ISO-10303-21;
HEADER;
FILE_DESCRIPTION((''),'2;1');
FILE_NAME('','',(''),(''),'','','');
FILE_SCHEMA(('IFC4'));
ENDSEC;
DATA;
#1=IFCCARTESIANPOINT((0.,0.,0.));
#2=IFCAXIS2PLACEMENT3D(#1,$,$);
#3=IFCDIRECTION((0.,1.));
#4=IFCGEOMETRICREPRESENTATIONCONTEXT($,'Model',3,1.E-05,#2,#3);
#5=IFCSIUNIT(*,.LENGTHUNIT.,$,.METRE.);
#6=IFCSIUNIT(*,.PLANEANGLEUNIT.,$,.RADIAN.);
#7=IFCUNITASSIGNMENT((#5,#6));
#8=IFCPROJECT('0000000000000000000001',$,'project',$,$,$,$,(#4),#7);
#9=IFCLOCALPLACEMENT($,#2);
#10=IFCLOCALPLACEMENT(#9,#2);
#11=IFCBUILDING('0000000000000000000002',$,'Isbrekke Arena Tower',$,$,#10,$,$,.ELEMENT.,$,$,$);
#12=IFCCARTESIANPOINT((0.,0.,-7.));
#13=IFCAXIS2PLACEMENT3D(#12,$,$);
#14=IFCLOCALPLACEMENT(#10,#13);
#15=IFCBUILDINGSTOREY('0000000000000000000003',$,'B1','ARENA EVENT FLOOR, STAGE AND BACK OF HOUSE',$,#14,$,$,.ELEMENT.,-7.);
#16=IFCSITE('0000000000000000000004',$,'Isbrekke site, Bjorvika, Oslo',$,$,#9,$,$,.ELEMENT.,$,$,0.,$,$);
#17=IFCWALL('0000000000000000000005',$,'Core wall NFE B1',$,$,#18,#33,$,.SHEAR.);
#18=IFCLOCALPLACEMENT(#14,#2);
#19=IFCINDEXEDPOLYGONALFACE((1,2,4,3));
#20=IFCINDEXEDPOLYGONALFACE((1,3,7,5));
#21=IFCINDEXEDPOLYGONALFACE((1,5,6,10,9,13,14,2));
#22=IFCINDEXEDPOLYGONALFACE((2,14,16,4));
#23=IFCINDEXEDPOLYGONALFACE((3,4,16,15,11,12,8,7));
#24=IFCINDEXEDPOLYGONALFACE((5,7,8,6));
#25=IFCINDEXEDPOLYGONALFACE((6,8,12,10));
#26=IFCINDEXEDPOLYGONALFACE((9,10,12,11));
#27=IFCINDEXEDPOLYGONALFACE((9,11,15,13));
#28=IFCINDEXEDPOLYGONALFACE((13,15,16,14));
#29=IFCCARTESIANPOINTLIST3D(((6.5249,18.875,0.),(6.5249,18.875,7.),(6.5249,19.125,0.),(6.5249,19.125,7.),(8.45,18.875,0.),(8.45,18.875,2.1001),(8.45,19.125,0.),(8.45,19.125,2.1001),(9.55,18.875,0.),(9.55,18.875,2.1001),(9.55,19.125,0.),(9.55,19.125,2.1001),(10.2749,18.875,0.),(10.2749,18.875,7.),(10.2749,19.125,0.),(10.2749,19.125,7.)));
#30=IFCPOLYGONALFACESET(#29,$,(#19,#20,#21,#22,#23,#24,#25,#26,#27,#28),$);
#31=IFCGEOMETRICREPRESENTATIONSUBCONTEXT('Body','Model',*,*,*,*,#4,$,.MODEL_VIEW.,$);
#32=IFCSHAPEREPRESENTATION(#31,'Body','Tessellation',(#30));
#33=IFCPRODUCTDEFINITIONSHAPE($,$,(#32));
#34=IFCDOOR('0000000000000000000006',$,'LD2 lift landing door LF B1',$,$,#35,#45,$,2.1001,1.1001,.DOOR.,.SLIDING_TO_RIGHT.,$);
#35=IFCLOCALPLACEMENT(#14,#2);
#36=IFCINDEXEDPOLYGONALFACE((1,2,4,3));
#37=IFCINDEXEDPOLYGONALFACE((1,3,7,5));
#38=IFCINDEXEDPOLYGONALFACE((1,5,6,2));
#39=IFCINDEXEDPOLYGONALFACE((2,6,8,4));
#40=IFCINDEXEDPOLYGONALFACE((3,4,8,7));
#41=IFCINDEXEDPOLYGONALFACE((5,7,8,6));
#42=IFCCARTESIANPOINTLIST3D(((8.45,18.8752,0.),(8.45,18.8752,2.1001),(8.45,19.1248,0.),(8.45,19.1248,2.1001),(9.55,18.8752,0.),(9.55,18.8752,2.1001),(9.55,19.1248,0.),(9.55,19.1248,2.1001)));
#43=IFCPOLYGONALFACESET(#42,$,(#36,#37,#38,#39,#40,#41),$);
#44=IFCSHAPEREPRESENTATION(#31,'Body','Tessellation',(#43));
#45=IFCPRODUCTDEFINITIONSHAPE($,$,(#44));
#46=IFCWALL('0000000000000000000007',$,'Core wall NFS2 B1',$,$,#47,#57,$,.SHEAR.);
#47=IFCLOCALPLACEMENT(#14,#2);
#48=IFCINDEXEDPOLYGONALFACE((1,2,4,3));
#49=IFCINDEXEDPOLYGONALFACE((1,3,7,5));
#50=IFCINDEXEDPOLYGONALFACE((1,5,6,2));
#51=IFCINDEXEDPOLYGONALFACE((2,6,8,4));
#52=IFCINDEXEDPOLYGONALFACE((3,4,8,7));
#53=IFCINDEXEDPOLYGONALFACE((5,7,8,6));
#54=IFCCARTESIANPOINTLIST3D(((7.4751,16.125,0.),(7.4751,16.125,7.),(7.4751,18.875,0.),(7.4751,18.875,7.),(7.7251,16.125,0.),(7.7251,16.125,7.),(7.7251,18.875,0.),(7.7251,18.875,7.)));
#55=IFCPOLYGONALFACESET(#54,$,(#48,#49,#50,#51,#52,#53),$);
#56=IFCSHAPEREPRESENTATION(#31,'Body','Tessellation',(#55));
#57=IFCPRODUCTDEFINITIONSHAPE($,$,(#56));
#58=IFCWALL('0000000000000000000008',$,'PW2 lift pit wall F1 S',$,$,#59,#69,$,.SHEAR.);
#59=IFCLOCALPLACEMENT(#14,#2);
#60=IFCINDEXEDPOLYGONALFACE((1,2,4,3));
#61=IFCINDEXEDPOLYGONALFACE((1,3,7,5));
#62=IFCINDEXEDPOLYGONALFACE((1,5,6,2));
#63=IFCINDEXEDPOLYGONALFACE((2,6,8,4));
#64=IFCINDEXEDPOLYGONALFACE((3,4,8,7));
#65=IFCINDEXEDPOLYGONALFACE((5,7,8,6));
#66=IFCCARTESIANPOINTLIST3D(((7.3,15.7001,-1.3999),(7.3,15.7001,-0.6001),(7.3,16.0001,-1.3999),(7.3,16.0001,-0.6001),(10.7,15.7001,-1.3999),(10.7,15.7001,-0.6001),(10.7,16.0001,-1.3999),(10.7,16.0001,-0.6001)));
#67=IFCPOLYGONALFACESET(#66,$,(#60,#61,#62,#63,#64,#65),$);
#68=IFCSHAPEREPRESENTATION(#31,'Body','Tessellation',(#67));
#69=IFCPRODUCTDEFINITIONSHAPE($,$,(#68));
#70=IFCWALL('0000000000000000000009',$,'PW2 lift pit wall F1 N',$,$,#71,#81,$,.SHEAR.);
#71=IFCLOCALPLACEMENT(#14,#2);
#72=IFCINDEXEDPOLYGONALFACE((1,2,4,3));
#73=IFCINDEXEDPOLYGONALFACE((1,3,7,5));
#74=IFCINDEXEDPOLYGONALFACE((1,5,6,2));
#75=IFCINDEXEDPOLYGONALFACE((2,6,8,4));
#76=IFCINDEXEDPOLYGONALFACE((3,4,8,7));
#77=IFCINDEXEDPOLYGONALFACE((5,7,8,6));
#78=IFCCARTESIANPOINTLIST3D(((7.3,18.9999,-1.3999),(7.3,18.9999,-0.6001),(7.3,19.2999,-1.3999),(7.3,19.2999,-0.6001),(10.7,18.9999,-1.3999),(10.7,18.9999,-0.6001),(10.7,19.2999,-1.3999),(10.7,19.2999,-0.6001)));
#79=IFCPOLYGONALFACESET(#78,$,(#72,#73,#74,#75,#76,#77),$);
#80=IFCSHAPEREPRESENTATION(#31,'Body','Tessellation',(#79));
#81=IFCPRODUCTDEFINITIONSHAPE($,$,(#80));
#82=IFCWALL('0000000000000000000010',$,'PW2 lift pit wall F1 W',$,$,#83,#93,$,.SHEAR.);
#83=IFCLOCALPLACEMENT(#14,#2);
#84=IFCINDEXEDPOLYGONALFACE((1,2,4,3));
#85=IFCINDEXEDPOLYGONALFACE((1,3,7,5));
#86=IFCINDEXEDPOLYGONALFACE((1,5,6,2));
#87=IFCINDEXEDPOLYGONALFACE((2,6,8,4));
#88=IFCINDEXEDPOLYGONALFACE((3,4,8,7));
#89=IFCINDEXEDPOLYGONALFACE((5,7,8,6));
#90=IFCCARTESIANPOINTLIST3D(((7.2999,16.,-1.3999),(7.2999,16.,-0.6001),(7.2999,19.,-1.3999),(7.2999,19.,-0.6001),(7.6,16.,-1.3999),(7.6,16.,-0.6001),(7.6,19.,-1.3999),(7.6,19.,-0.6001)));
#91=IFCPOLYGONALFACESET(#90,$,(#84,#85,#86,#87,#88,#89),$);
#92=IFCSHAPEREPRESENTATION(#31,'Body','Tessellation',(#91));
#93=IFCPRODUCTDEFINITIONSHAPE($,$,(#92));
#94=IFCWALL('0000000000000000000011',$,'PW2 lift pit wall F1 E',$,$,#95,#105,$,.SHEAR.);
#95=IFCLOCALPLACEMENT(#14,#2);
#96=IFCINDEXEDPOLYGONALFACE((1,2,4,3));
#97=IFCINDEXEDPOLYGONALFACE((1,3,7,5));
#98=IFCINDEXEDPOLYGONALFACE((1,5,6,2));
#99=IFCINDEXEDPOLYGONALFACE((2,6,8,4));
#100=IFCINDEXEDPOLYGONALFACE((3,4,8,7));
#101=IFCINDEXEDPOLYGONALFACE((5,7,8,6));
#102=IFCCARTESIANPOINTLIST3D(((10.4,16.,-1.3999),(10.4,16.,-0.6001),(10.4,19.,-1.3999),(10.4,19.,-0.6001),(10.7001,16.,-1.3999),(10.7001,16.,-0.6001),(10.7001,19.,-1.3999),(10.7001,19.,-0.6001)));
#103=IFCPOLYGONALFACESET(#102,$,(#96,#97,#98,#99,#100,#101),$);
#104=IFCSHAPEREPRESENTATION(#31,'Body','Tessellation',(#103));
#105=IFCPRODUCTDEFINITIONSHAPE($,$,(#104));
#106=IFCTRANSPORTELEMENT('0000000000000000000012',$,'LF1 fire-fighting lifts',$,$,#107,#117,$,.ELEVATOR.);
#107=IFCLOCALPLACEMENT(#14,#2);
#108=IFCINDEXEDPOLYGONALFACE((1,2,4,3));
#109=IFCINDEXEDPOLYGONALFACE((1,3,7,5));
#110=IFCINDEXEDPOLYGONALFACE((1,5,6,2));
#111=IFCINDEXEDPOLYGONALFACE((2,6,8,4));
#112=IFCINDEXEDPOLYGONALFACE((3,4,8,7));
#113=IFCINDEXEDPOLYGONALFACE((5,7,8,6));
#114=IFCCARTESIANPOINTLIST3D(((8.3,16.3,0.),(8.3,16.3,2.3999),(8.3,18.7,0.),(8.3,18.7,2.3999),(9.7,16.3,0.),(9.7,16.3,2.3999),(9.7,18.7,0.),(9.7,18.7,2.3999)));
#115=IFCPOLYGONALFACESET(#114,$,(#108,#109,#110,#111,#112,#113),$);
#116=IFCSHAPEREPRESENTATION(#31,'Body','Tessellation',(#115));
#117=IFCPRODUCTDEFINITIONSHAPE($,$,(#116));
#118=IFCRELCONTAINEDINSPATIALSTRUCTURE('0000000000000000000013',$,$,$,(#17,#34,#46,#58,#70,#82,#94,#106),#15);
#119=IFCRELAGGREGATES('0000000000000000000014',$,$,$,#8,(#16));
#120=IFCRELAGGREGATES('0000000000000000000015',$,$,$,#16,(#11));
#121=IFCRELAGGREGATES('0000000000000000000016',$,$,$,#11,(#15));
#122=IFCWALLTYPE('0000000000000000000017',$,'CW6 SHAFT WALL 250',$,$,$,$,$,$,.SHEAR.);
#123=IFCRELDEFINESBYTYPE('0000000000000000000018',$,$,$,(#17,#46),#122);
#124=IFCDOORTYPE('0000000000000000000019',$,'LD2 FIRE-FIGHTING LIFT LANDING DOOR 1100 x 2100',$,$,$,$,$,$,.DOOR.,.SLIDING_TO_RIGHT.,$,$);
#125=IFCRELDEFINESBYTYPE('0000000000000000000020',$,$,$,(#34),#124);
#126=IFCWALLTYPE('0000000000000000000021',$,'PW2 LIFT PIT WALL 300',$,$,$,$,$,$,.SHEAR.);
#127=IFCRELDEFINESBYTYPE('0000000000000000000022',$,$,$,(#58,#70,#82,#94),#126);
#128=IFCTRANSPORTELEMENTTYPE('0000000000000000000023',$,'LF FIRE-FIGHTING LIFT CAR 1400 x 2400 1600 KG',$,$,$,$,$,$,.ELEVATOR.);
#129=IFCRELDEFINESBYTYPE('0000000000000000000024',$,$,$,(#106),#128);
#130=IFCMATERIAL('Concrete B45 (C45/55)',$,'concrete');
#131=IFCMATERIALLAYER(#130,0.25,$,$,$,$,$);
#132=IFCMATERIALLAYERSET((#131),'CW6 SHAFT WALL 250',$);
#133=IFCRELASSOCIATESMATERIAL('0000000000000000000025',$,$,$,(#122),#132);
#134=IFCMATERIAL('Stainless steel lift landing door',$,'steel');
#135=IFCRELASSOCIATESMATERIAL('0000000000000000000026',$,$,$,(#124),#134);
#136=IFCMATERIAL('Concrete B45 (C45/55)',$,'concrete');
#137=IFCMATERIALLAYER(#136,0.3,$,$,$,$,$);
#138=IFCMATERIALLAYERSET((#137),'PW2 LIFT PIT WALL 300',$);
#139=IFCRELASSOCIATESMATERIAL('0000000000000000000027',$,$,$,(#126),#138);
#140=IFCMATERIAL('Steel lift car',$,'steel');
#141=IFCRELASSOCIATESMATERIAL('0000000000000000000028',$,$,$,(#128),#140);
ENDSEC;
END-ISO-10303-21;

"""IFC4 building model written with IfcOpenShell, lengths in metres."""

from ifc_helpers import new_model, si_unit, direction, frame, frame_2d, origin, origin_2d, place, context, subcontext, project, spatial, rectangle, extrude, material, layer, layer_set, type_object, element, fill, save


model = new_model("IFC4")

# Units and contexts
model_context = context("Model", 3, precision=1e-05, world=origin(), true_north=direction((0.0, 1.0)))
body_context = subcontext(model_context, "Body", "Model", "MODEL_VIEW")
ifc_project = project(units=[si_unit("LENGTHUNIT", "METRE"), si_unit("PLANEANGLEUNIT", "RADIAN")], contexts=[model_context])

# Site, building, storey
site_placement = place(None, origin())
site = spatial("IfcSite", under=ifc_project, at=site_placement, Name="Isbrekke site, Bjorvika, Oslo", CompositionType="ELEMENT", RefElevation=0.0)
building_placement = place(site_placement, origin())
building = spatial("IfcBuilding", under=site, at=building_placement, Name="Isbrekke Arena Tower", CompositionType="ELEMENT")
storey_placement = place(building_placement, frame((0.0, 0.0, -7.0)))
storey = spatial("IfcBuildingStorey", under=building, at=storey_placement, Name="B1", Description="ARENA EVENT FLOOR, STAGE AND BACK OF HOUSE", CompositionType="ELEMENT", Elevation=-7.0)

# Shared definitions
ifc_material_1 = material(Name="Concrete B45 (C45/55)", Category="concrete")
ifc_layer_1 = layer(ifc_material_1, 0.25)
ifc_layer_set_1 = layer_set([ifc_layer_1], Name="CW6 SHAFT WALL 250")
wall_type_1 = type_object("IfcWallType", Name="CW6 SHAFT WALL 250", PredefinedType="SHEAR", material=ifc_layer_set_1)

# Wall, opening, door
wall_1_placement = place(storey_placement, frame((6.5249, 19.0, 0.0), z_axis=(0.0, 0.0, 1.0), x_axis=(1.0, 0.0, 0.0)))
wall_1 = element("IfcWall", 1, at=wall_1_placement, inside=storey, type_object=wall_type_1, Name="Core wall NFE B1", PredefinedType="SHEAR", context=body_context, shape_type="SweptSolid", body=[
    extrude(rectangle(XDim=3.75, YDim=0.25, at=frame_2d((1.875, 0.0))), origin(), (0.0, 0.0, 1.0), 7.0),
])
opening_1_placement = place(wall_1_placement, frame((1.925, 0.0, 0.0)))
opening_1 = element("IfcOpeningElement", 2, at=opening_1_placement, cuts=wall_1, PredefinedType="OPENING", context=body_context, shape_type="SweptSolid", body=[
    extrude(rectangle(XDim=1.1001, YDim=2.1001, at=frame_2d((0.55, 1.05))), frame((0.0, 0.1399, 0.0), z_axis=(0.0, -1.0, 0.0), x_axis=(1.0, 0.0, 0.0)), (0.0, 0.0, 1.0), 0.2798),
])
ifc_material_2 = material(Name="Stainless steel lift landing door", Category="steel")
door_type_1 = type_object("IfcDoorType", Name="LD2 FIRE-FIGHTING LIFT LANDING DOOR 1100 x 2100", OperationType="SLIDING_TO_RIGHT", PredefinedType="DOOR", material=ifc_material_2)
door_1_placement = place(opening_1_placement, origin())
door_1 = element("IfcDoor", 3, at=door_1_placement, inside=storey, type_object=door_type_1, Name="LD2 lift landing door LF B1", OperationType="SLIDING_TO_RIGHT", OverallHeight=2.1001, OverallWidth=1.1001, PredefinedType="DOOR", context=body_context, shape_type="SweptSolid", body=[
    extrude(rectangle(XDim=1.1001, YDim=2.1001, at=frame_2d((0.55, 1.05))), frame((0.0, 0.1248, 0.0), z_axis=(0.0, -1.0, 0.0), x_axis=(1.0, 0.0, 0.0)), (0.0, 0.0, 1.0), 0.2495),
])
fill(opening_1, door_1)

# Walls
wall_2_placement = place(storey_placement, frame((7.6001, 16.125, 0.0), z_axis=(0.0, 0.0, 1.0), x_axis=(0.0, 1.0, 0.0)))
element("IfcWall", 4, at=wall_2_placement, inside=storey, type_object=wall_type_1, Name="Core wall NFS2 B1", PredefinedType="SHEAR", context=body_context, shape_type="SweptSolid", body=[
    extrude(rectangle(XDim=2.75, YDim=0.25, at=frame_2d((1.375, 0.0))), origin(), (0.0, 0.0, 1.0), 7.0),
])
ifc_material_3 = material(Name="Concrete B45 (C45/55)", Category="concrete")
ifc_layer_2 = layer(ifc_material_3, 0.3)
ifc_layer_set_2 = layer_set([ifc_layer_2], Name="PW2 LIFT PIT WALL 300")
wall_type_2 = type_object("IfcWallType", Name="PW2 LIFT PIT WALL 300", PredefinedType="SHEAR", material=ifc_layer_set_2)
for number, where, z_axis, x_axis, name in (
    (5, (7.3, 15.8501, -1.3999), (0.0, 0.0, 1.0), (1.0, 0.0, 0.0), "PW2 lift pit wall F1 S"),
    (6, (7.3, 19.1499, -1.3999), (0.0, 0.0, 1.0), (1.0, 0.0, 0.0), "PW2 lift pit wall F1 N"),
):
    element("IfcWall", number, at=place(storey_placement, frame(where, z_axis=z_axis, x_axis=x_axis)), inside=storey, type_object=wall_type_2, Name=name, PredefinedType="SHEAR", context=body_context, shape_type="SweptSolid", body=[
        extrude(rectangle(XDim=3.3999, YDim=0.3, at=frame_2d((1.7, 0.0))), origin(), (0.0, 0.0, 1.0), 0.7998),
    ])
for number, where, z_axis, x_axis, name in (
    (7, (7.45, 16.0, -1.3999), (0.0, 0.0, 1.0), (0.0, 1.0, 0.0), "PW2 lift pit wall F1 W"),
    (8, (10.55, 16.0, -1.3999), (0.0, 0.0, 1.0), (0.0, 1.0, 0.0), "PW2 lift pit wall F1 E"),
):
    element("IfcWall", number, at=place(storey_placement, frame(where, z_axis=z_axis, x_axis=x_axis)), inside=storey, type_object=wall_type_2, Name=name, PredefinedType="SHEAR", context=body_context, shape_type="SweptSolid", body=[
        extrude(rectangle(XDim=3.0, YDim=0.3, at=frame_2d((1.5, 0.0))), origin(), (0.0, 0.0, 1.0), 0.7998),
    ])

# Transport element
ifc_material_4 = material(Name="Steel lift car", Category="steel")
transport_element_type = type_object("IfcTransportElementType", Name="LF FIRE-FIGHTING LIFT CAR 1400 x 2400 1600 KG", PredefinedType="ELEVATOR", material=ifc_material_4)
transport_element_placement = place(storey_placement, frame((9.0, 17.5, 0.0), z_axis=(0.0, 0.0, 1.0), x_axis=(1.0, 0.0, 0.0)))
element("IfcTransportElement", 9, at=transport_element_placement, inside=storey, type_object=transport_element_type, Name="LF1 fire-fighting lifts", PredefinedType="ELEVATOR", context=body_context, shape_type="SweptSolid", body=[
    extrude(rectangle(XDim=1.3999, YDim=2.3999, at=origin_2d()), origin(), (0.0, 0.0, 1.0), 2.3999),
])

save(model, "model.ifc")
